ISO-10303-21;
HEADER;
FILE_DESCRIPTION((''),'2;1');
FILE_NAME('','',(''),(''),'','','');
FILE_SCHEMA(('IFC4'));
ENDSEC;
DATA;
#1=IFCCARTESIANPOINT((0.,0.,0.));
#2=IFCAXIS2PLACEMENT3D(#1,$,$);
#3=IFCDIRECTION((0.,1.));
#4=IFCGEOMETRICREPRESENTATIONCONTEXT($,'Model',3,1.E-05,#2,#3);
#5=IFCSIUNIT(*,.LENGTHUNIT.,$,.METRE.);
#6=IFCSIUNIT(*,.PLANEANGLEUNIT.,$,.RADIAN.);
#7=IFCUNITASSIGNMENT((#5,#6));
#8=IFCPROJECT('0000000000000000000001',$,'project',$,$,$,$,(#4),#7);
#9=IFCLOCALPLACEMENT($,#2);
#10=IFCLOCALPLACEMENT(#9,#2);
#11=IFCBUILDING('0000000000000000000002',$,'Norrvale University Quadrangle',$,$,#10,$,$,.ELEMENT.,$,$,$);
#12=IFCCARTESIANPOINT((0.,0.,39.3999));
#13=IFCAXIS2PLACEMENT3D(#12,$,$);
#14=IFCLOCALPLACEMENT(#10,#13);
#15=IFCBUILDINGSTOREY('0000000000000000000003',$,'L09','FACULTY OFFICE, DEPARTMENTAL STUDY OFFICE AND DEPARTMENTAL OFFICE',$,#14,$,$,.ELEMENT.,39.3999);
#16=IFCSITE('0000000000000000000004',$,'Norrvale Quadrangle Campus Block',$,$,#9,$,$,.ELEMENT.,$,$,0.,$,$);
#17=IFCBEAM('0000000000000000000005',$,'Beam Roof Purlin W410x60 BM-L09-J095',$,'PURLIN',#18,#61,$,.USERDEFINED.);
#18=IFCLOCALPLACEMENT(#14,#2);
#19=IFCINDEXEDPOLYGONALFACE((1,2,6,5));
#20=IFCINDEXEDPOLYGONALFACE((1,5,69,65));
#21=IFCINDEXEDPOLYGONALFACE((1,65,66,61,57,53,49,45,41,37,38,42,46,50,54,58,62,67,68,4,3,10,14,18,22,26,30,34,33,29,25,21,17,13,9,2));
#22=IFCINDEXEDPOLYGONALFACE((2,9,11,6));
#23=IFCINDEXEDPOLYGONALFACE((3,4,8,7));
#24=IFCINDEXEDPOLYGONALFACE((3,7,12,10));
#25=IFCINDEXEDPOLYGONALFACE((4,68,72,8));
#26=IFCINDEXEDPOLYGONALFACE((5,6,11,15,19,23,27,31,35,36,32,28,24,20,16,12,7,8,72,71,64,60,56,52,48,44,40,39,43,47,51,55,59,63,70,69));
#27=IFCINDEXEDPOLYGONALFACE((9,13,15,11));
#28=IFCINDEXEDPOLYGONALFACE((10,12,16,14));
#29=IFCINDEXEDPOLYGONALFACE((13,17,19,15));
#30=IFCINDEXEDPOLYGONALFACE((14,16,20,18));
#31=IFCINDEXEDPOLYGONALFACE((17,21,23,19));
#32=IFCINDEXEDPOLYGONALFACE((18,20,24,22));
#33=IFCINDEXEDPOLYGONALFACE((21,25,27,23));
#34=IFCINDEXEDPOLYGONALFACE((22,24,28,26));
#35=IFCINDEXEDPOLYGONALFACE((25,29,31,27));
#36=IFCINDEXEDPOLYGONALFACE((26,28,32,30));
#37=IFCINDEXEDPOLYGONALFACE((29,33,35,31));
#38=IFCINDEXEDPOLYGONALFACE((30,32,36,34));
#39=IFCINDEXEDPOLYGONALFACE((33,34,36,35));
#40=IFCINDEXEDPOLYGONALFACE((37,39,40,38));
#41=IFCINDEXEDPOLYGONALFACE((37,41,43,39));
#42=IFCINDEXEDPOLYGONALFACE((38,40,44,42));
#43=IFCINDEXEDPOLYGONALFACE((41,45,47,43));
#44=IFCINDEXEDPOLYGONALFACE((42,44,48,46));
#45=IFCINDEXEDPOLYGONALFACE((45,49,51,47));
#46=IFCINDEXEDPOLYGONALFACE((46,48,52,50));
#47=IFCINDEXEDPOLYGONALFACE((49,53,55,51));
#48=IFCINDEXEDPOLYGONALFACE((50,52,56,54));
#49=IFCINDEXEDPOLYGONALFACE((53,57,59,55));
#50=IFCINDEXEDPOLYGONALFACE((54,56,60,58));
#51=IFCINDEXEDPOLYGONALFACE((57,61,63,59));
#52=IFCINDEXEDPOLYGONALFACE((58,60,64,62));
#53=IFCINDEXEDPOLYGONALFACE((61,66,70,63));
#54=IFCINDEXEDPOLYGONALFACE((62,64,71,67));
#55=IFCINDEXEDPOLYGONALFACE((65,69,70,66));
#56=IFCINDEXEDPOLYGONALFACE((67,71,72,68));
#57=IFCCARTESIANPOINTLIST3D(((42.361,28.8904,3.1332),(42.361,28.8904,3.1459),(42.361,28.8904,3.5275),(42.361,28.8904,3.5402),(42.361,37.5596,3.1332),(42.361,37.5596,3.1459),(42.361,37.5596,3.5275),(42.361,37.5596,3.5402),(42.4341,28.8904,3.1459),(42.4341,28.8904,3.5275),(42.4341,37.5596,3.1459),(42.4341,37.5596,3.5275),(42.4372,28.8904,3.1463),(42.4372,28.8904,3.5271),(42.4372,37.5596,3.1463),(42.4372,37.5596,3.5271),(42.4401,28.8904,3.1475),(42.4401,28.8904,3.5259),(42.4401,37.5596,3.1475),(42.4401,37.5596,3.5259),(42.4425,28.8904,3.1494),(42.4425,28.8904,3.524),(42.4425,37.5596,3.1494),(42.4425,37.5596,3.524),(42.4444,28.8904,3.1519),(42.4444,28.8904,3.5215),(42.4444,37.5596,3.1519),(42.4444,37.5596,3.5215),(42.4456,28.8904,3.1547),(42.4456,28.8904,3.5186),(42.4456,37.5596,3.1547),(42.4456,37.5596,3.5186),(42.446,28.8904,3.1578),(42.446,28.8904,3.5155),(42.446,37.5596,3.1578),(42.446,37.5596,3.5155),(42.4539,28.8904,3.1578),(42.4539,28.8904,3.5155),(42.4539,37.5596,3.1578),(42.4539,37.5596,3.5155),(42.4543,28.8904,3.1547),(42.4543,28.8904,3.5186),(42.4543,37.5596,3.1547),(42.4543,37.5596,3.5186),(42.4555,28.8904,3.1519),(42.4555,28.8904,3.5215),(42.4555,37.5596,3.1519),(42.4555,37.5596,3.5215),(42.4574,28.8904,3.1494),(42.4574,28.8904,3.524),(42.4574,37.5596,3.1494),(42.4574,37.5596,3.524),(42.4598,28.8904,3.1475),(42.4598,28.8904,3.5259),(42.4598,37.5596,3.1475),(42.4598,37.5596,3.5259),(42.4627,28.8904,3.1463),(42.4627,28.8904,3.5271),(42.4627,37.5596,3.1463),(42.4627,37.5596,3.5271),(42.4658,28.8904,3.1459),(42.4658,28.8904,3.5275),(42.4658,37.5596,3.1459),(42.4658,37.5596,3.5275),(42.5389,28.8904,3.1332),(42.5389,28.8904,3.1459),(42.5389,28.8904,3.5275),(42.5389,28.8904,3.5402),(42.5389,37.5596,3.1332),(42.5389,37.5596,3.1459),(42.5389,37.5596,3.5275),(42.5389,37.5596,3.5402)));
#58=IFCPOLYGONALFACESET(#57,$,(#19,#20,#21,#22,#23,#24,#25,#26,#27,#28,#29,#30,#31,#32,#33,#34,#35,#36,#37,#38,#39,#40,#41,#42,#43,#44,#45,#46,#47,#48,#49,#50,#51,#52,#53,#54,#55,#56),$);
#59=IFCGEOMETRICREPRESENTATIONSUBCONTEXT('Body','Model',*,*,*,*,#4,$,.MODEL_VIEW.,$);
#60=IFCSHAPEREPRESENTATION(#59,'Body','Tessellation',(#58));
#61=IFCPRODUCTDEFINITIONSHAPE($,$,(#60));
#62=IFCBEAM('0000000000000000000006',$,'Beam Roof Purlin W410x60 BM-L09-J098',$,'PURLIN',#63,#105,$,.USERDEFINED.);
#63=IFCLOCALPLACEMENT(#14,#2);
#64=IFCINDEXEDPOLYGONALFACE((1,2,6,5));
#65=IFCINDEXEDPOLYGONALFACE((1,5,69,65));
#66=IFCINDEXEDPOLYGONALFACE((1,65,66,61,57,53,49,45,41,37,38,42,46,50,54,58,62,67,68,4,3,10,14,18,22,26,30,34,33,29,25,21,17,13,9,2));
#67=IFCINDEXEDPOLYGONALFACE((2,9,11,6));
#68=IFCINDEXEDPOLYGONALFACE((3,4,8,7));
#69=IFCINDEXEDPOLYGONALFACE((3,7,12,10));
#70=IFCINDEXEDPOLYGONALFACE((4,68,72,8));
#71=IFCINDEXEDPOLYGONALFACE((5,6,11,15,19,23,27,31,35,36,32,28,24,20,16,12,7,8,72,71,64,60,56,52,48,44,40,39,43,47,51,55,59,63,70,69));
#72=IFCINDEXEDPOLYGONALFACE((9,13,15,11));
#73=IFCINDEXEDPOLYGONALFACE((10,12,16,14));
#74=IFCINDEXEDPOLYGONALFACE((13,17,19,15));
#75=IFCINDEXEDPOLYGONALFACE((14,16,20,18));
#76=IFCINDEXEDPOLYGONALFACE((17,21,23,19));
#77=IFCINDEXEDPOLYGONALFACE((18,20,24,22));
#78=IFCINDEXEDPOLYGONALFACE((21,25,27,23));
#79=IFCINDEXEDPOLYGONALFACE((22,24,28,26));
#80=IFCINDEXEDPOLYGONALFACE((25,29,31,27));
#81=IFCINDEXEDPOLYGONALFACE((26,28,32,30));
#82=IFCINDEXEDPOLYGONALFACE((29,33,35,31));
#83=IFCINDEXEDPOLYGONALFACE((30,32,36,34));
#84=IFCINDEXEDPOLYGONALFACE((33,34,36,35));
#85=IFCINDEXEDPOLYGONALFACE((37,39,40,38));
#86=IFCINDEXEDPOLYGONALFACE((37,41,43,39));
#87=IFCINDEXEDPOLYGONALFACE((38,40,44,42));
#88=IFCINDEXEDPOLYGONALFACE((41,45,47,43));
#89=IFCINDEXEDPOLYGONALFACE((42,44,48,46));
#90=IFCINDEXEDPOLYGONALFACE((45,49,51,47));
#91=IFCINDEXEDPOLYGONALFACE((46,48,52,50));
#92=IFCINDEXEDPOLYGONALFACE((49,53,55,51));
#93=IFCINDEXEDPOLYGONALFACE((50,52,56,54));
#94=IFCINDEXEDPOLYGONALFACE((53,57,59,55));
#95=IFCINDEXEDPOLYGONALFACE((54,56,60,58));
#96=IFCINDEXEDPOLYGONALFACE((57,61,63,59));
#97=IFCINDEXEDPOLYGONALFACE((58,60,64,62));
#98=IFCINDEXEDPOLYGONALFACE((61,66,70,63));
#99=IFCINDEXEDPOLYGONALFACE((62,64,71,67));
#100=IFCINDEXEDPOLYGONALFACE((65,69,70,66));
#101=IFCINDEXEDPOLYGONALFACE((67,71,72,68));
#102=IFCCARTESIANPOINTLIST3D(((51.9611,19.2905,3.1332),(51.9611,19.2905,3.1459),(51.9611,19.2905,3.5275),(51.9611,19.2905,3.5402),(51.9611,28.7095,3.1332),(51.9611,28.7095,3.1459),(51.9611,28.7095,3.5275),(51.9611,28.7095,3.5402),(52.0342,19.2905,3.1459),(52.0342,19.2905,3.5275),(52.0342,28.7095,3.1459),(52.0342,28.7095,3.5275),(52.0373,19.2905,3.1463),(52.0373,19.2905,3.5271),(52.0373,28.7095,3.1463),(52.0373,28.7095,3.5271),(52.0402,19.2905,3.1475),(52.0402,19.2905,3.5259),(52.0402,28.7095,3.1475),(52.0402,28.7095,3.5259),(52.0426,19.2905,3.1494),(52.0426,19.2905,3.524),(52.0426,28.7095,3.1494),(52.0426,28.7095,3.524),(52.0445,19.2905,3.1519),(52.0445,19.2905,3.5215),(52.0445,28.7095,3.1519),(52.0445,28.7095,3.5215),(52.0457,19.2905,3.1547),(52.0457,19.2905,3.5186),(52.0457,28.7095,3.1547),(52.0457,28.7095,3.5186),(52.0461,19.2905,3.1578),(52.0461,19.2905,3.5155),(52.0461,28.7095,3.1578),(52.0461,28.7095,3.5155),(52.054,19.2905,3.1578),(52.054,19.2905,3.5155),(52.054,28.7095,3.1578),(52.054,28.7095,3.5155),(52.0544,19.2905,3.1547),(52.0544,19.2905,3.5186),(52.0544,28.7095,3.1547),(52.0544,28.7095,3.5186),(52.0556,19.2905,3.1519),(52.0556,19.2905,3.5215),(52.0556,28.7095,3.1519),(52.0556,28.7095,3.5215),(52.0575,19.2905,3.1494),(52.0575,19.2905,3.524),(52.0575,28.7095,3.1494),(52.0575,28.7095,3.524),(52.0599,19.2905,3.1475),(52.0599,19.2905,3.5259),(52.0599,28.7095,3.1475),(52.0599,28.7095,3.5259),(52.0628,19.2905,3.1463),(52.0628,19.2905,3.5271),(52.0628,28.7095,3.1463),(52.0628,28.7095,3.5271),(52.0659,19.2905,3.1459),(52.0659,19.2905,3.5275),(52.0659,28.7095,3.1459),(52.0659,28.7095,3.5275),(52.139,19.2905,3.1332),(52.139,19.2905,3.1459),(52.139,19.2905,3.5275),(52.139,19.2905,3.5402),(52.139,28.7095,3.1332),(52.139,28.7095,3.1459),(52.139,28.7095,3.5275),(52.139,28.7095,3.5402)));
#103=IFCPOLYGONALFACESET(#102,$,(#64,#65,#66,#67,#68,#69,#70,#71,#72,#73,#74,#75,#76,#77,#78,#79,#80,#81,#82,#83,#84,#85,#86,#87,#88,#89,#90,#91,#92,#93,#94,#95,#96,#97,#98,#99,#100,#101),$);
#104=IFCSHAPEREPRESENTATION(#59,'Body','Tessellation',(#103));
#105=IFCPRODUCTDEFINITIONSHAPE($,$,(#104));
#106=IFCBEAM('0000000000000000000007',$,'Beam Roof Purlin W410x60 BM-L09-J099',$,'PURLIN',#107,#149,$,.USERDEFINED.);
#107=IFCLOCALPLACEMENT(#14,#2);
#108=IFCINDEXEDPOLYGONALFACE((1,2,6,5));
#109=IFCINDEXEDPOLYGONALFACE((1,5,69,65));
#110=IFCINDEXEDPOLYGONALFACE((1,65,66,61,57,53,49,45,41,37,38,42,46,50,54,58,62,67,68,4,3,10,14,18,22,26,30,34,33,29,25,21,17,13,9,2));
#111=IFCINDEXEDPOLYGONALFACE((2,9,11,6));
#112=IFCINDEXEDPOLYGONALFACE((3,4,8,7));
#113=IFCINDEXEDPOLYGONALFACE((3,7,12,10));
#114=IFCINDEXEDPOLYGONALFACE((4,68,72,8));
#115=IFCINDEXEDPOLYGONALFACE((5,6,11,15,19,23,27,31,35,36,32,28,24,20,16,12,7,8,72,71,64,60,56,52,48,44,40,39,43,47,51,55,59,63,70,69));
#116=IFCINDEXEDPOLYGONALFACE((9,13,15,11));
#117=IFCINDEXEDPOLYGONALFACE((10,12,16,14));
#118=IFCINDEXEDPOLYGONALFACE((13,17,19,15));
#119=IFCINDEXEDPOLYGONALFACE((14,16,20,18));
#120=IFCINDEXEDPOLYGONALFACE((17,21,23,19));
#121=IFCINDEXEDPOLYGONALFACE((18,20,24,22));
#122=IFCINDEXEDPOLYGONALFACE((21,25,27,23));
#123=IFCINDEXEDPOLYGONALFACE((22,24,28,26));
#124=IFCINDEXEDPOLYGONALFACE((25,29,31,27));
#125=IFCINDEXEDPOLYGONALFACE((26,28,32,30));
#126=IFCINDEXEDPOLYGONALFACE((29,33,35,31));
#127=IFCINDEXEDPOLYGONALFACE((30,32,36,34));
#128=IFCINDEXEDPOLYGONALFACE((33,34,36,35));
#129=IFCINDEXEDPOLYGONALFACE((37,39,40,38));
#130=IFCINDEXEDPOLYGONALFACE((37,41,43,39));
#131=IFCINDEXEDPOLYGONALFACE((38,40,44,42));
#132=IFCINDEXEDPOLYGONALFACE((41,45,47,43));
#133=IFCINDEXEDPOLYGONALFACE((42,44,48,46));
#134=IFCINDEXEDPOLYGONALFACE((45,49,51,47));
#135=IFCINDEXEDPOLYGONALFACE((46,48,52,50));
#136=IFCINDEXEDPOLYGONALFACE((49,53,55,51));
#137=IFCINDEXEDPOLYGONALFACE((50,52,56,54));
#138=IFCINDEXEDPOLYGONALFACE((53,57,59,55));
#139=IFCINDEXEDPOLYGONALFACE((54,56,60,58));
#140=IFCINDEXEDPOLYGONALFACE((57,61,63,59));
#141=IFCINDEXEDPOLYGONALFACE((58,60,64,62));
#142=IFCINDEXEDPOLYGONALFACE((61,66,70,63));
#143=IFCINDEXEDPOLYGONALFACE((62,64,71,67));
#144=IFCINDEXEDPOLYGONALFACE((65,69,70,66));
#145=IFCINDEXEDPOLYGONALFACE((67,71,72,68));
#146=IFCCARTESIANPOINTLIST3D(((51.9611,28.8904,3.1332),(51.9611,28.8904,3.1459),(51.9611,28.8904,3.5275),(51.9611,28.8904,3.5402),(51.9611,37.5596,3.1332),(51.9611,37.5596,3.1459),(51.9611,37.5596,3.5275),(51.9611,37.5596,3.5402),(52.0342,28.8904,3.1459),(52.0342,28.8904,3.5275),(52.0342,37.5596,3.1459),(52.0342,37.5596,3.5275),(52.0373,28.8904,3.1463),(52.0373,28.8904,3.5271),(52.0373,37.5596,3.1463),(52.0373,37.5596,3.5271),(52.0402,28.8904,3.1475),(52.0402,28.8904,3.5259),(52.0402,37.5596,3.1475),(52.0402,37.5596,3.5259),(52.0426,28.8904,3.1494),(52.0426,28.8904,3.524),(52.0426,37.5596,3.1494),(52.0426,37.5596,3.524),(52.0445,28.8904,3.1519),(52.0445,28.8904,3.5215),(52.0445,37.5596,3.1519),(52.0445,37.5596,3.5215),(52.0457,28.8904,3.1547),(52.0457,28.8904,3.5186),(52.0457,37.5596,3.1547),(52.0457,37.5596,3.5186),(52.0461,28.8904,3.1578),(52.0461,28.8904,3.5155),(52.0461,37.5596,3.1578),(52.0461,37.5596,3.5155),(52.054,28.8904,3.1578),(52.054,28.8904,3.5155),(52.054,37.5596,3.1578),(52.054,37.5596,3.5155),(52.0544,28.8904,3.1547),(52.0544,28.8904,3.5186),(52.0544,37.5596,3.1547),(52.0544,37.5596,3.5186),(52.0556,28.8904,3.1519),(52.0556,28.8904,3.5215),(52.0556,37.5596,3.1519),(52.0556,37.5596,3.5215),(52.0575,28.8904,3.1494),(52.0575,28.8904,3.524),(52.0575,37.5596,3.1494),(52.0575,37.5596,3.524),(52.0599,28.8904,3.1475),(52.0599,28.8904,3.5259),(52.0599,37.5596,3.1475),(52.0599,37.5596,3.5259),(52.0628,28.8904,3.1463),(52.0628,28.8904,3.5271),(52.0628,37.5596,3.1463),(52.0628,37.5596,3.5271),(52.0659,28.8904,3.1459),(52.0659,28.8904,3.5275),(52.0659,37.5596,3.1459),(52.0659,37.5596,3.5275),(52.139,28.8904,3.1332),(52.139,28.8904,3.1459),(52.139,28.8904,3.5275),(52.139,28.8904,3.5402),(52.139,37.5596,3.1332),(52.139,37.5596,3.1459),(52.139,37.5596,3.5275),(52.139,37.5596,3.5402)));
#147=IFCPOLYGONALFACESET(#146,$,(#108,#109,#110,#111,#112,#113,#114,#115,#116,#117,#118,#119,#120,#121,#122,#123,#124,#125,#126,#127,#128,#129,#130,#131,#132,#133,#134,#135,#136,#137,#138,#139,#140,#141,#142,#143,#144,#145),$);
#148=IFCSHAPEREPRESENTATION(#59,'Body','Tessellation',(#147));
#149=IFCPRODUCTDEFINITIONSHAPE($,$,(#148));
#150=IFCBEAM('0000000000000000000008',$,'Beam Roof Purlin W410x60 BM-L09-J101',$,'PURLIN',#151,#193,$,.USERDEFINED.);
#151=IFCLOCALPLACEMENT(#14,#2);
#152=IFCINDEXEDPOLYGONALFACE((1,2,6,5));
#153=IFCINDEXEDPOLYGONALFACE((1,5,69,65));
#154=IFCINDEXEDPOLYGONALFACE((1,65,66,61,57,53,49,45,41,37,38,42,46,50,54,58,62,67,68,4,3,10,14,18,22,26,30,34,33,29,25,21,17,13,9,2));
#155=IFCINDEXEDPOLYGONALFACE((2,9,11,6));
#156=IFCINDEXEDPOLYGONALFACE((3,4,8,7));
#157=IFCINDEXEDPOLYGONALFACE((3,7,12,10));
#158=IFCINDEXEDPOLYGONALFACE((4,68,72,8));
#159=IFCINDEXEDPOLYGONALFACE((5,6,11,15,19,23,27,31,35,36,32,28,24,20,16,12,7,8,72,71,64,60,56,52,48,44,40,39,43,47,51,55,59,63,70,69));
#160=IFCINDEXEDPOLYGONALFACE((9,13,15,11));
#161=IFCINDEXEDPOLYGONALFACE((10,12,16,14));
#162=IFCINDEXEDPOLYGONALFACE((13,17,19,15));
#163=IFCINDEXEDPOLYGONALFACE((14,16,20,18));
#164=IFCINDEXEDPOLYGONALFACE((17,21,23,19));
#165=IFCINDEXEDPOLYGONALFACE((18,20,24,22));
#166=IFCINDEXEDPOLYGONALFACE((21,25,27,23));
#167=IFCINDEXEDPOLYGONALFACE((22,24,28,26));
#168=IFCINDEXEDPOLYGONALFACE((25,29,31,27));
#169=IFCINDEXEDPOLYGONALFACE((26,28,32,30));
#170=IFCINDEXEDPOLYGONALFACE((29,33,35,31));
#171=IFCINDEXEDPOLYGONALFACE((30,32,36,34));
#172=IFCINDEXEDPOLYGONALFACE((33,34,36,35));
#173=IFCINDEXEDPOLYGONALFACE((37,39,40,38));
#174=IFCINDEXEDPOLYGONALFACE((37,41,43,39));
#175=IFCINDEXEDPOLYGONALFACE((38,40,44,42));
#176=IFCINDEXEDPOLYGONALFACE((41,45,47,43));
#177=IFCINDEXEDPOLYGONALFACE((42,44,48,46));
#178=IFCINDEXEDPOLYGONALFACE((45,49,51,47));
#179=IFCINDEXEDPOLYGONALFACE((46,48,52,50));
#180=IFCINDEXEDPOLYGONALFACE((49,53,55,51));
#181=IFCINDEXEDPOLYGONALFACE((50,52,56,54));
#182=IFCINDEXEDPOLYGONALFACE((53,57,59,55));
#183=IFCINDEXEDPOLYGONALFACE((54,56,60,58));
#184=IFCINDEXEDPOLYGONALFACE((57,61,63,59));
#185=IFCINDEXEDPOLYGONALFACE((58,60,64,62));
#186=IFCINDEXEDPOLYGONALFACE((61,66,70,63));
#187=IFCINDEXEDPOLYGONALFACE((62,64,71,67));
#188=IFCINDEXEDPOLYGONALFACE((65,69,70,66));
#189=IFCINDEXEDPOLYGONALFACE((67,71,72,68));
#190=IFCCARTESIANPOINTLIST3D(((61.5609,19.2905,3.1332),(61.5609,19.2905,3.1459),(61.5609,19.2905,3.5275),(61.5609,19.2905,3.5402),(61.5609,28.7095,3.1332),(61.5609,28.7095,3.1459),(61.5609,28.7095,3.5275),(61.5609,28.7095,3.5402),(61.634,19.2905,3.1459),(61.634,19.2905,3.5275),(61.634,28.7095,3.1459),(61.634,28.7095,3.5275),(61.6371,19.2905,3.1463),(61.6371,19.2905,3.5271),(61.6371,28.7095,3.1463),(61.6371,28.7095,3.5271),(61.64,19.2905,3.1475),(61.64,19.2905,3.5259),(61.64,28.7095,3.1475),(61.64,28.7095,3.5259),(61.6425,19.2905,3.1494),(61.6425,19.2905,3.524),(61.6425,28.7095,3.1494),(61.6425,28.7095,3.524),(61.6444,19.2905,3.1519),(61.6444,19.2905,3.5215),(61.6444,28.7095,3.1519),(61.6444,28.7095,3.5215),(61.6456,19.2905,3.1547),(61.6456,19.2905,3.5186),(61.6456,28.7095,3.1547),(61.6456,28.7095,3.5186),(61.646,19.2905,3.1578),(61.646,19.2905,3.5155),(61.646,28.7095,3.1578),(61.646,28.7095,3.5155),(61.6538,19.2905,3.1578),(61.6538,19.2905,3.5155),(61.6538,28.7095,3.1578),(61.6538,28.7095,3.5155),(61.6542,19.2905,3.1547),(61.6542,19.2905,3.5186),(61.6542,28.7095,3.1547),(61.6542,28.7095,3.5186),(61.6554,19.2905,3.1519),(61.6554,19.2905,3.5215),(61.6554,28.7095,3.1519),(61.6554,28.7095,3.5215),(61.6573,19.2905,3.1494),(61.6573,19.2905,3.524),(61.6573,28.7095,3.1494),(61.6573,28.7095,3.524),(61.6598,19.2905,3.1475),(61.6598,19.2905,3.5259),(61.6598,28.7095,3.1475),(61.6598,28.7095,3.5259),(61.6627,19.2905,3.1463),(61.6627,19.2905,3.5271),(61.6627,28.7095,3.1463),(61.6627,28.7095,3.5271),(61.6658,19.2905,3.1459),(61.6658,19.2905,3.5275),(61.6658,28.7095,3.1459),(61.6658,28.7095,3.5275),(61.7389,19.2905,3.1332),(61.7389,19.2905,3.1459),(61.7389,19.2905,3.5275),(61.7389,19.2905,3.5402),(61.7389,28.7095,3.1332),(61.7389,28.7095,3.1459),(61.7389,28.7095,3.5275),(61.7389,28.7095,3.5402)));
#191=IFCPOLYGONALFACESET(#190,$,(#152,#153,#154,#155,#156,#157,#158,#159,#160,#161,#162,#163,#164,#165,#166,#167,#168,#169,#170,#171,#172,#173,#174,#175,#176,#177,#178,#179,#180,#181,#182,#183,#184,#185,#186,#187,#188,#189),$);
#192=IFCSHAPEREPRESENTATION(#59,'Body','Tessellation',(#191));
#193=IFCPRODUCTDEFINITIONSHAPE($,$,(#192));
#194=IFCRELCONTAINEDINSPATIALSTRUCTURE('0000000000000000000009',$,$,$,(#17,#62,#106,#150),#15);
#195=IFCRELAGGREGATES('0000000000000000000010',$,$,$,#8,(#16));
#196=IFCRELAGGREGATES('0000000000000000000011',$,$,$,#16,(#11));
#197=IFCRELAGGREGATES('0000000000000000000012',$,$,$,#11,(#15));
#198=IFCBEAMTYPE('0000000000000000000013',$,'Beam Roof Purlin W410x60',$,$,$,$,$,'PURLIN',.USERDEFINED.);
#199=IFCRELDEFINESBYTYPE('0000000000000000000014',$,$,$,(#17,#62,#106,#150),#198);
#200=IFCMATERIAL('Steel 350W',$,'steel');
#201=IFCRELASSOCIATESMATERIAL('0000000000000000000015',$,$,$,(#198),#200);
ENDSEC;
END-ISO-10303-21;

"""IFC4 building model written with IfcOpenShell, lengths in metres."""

from ifc_helpers import new_model, si_unit, direction, frame, origin, origin_2d, place, context, subcontext, project, spatial, i_section, extrude, material, material_profile, profile_set, type_object, element, save


model = new_model("IFC4")

# Units and contexts
model_context = context("Model", 3, precision=1e-05, world=origin(), true_north=direction((0.0, 1.0)))
body_context = subcontext(model_context, "Body", "Model", "MODEL_VIEW")
ifc_project = project(units=[si_unit("LENGTHUNIT", "METRE"), si_unit("PLANEANGLEUNIT", "RADIAN")], contexts=[model_context])

# Site, building, storey
site_placement = place(None, origin())
site = spatial("IfcSite", under=ifc_project, at=site_placement, Name="Norrvale Quadrangle Campus Block", CompositionType="ELEMENT", RefElevation=0.0)
building_placement = place(site_placement, origin())
building = spatial("IfcBuilding", under=site, at=building_placement, Name="Norrvale University Quadrangle", CompositionType="ELEMENT")
storey_placement = place(building_placement, frame((0.0, 0.0, 39.3999)))
storey = spatial("IfcBuildingStorey", under=building, at=storey_placement, Name="L09", Description="FACULTY OFFICE, DEPARTMENTAL STUDY OFFICE AND DEPARTMENTAL OFFICE", CompositionType="ELEMENT", Elevation=39.3999)

# Beams
ifc_material_1 = material(Name="Steel 350W", Category="steel")
ifc_material_profile_1 = material_profile(ifc_material_1, i_section(OverallWidth=0.178, OverallDepth=0.407, WebThickness=0.0078, FlangeThickness=0.0127, FilletRadius=0.012, at=origin_2d()), Name="Steel 350W")
ifc_profile_set_1 = profile_set([ifc_material_profile_1], Name="Steel 350W")
beam_type_1 = type_object("IfcBeamType", Name="Beam Roof Purlin W410x60", ElementType="PURLIN", PredefinedType="USERDEFINED", material=ifc_profile_set_1)
beam_1_placement = place(storey_placement, frame((42.45, 28.8904, 3.3367), z_axis=(0.0, 1.0, 0.0), x_axis=(-1.0, 0.0, 0.0)))
element("IfcBeam", 1, at=beam_1_placement, inside=storey, type_object=beam_type_1, Name="Beam Roof Purlin W410x60 BM-L09-J095", ObjectType="PURLIN", PredefinedType="USERDEFINED", context=body_context, shape_type="SweptSolid", body=[
    extrude(i_section(OverallWidth=0.178, OverallDepth=0.407, WebThickness=0.0078, FlangeThickness=0.0127, FilletRadius=0.012, at=origin_2d()), origin(), (0.0, 0.0, 1.0), 8.6692),
])
beam_2_placement = place(storey_placement, frame((52.05, 19.2905, 3.3367), z_axis=(0.0, 1.0, 0.0), x_axis=(-1.0, 0.0, 0.0)))
element("IfcBeam", 2, at=beam_2_placement, inside=storey, type_object=beam_type_1, Name="Beam Roof Purlin W410x60 BM-L09-J098", ObjectType="PURLIN", PredefinedType="USERDEFINED", context=body_context, shape_type="SweptSolid", body=[
    extrude(i_section(OverallWidth=0.178, OverallDepth=0.407, WebThickness=0.0078, FlangeThickness=0.0127, FilletRadius=0.012, at=origin_2d()), origin(), (0.0, 0.0, 1.0), 9.4189),
])
beam_3_placement = place(storey_placement, frame((52.05, 28.8904, 3.3367), z_axis=(0.0, 1.0, 0.0), x_axis=(-1.0, 0.0, 0.0)))
element("IfcBeam", 3, at=beam_3_placement, inside=storey, type_object=beam_type_1, Name="Beam Roof Purlin W410x60 BM-L09-J099", ObjectType="PURLIN", PredefinedType="USERDEFINED", context=body_context, shape_type="SweptSolid", body=[
    extrude(i_section(OverallWidth=0.178, OverallDepth=0.407, WebThickness=0.0078, FlangeThickness=0.0127, FilletRadius=0.012, at=origin_2d()), origin(), (0.0, 0.0, 1.0), 8.6692),
])
beam_4_placement = place(storey_placement, frame((61.6499, 19.2905, 3.3367), z_axis=(0.0, 1.0, 0.0), x_axis=(-1.0, 0.0, 0.0)))
element("IfcBeam", 4, at=beam_4_placement, inside=storey, type_object=beam_type_1, Name="Beam Roof Purlin W410x60 BM-L09-J101", ObjectType="PURLIN", PredefinedType="USERDEFINED", context=body_context, shape_type="SweptSolid", body=[
    extrude(i_section(OverallWidth=0.178, OverallDepth=0.407, WebThickness=0.0078, FlangeThickness=0.0127, FilletRadius=0.012, at=origin_2d()), origin(), (0.0, 0.0, 1.0), 9.4189),
])

save(model, "model.ifc")
